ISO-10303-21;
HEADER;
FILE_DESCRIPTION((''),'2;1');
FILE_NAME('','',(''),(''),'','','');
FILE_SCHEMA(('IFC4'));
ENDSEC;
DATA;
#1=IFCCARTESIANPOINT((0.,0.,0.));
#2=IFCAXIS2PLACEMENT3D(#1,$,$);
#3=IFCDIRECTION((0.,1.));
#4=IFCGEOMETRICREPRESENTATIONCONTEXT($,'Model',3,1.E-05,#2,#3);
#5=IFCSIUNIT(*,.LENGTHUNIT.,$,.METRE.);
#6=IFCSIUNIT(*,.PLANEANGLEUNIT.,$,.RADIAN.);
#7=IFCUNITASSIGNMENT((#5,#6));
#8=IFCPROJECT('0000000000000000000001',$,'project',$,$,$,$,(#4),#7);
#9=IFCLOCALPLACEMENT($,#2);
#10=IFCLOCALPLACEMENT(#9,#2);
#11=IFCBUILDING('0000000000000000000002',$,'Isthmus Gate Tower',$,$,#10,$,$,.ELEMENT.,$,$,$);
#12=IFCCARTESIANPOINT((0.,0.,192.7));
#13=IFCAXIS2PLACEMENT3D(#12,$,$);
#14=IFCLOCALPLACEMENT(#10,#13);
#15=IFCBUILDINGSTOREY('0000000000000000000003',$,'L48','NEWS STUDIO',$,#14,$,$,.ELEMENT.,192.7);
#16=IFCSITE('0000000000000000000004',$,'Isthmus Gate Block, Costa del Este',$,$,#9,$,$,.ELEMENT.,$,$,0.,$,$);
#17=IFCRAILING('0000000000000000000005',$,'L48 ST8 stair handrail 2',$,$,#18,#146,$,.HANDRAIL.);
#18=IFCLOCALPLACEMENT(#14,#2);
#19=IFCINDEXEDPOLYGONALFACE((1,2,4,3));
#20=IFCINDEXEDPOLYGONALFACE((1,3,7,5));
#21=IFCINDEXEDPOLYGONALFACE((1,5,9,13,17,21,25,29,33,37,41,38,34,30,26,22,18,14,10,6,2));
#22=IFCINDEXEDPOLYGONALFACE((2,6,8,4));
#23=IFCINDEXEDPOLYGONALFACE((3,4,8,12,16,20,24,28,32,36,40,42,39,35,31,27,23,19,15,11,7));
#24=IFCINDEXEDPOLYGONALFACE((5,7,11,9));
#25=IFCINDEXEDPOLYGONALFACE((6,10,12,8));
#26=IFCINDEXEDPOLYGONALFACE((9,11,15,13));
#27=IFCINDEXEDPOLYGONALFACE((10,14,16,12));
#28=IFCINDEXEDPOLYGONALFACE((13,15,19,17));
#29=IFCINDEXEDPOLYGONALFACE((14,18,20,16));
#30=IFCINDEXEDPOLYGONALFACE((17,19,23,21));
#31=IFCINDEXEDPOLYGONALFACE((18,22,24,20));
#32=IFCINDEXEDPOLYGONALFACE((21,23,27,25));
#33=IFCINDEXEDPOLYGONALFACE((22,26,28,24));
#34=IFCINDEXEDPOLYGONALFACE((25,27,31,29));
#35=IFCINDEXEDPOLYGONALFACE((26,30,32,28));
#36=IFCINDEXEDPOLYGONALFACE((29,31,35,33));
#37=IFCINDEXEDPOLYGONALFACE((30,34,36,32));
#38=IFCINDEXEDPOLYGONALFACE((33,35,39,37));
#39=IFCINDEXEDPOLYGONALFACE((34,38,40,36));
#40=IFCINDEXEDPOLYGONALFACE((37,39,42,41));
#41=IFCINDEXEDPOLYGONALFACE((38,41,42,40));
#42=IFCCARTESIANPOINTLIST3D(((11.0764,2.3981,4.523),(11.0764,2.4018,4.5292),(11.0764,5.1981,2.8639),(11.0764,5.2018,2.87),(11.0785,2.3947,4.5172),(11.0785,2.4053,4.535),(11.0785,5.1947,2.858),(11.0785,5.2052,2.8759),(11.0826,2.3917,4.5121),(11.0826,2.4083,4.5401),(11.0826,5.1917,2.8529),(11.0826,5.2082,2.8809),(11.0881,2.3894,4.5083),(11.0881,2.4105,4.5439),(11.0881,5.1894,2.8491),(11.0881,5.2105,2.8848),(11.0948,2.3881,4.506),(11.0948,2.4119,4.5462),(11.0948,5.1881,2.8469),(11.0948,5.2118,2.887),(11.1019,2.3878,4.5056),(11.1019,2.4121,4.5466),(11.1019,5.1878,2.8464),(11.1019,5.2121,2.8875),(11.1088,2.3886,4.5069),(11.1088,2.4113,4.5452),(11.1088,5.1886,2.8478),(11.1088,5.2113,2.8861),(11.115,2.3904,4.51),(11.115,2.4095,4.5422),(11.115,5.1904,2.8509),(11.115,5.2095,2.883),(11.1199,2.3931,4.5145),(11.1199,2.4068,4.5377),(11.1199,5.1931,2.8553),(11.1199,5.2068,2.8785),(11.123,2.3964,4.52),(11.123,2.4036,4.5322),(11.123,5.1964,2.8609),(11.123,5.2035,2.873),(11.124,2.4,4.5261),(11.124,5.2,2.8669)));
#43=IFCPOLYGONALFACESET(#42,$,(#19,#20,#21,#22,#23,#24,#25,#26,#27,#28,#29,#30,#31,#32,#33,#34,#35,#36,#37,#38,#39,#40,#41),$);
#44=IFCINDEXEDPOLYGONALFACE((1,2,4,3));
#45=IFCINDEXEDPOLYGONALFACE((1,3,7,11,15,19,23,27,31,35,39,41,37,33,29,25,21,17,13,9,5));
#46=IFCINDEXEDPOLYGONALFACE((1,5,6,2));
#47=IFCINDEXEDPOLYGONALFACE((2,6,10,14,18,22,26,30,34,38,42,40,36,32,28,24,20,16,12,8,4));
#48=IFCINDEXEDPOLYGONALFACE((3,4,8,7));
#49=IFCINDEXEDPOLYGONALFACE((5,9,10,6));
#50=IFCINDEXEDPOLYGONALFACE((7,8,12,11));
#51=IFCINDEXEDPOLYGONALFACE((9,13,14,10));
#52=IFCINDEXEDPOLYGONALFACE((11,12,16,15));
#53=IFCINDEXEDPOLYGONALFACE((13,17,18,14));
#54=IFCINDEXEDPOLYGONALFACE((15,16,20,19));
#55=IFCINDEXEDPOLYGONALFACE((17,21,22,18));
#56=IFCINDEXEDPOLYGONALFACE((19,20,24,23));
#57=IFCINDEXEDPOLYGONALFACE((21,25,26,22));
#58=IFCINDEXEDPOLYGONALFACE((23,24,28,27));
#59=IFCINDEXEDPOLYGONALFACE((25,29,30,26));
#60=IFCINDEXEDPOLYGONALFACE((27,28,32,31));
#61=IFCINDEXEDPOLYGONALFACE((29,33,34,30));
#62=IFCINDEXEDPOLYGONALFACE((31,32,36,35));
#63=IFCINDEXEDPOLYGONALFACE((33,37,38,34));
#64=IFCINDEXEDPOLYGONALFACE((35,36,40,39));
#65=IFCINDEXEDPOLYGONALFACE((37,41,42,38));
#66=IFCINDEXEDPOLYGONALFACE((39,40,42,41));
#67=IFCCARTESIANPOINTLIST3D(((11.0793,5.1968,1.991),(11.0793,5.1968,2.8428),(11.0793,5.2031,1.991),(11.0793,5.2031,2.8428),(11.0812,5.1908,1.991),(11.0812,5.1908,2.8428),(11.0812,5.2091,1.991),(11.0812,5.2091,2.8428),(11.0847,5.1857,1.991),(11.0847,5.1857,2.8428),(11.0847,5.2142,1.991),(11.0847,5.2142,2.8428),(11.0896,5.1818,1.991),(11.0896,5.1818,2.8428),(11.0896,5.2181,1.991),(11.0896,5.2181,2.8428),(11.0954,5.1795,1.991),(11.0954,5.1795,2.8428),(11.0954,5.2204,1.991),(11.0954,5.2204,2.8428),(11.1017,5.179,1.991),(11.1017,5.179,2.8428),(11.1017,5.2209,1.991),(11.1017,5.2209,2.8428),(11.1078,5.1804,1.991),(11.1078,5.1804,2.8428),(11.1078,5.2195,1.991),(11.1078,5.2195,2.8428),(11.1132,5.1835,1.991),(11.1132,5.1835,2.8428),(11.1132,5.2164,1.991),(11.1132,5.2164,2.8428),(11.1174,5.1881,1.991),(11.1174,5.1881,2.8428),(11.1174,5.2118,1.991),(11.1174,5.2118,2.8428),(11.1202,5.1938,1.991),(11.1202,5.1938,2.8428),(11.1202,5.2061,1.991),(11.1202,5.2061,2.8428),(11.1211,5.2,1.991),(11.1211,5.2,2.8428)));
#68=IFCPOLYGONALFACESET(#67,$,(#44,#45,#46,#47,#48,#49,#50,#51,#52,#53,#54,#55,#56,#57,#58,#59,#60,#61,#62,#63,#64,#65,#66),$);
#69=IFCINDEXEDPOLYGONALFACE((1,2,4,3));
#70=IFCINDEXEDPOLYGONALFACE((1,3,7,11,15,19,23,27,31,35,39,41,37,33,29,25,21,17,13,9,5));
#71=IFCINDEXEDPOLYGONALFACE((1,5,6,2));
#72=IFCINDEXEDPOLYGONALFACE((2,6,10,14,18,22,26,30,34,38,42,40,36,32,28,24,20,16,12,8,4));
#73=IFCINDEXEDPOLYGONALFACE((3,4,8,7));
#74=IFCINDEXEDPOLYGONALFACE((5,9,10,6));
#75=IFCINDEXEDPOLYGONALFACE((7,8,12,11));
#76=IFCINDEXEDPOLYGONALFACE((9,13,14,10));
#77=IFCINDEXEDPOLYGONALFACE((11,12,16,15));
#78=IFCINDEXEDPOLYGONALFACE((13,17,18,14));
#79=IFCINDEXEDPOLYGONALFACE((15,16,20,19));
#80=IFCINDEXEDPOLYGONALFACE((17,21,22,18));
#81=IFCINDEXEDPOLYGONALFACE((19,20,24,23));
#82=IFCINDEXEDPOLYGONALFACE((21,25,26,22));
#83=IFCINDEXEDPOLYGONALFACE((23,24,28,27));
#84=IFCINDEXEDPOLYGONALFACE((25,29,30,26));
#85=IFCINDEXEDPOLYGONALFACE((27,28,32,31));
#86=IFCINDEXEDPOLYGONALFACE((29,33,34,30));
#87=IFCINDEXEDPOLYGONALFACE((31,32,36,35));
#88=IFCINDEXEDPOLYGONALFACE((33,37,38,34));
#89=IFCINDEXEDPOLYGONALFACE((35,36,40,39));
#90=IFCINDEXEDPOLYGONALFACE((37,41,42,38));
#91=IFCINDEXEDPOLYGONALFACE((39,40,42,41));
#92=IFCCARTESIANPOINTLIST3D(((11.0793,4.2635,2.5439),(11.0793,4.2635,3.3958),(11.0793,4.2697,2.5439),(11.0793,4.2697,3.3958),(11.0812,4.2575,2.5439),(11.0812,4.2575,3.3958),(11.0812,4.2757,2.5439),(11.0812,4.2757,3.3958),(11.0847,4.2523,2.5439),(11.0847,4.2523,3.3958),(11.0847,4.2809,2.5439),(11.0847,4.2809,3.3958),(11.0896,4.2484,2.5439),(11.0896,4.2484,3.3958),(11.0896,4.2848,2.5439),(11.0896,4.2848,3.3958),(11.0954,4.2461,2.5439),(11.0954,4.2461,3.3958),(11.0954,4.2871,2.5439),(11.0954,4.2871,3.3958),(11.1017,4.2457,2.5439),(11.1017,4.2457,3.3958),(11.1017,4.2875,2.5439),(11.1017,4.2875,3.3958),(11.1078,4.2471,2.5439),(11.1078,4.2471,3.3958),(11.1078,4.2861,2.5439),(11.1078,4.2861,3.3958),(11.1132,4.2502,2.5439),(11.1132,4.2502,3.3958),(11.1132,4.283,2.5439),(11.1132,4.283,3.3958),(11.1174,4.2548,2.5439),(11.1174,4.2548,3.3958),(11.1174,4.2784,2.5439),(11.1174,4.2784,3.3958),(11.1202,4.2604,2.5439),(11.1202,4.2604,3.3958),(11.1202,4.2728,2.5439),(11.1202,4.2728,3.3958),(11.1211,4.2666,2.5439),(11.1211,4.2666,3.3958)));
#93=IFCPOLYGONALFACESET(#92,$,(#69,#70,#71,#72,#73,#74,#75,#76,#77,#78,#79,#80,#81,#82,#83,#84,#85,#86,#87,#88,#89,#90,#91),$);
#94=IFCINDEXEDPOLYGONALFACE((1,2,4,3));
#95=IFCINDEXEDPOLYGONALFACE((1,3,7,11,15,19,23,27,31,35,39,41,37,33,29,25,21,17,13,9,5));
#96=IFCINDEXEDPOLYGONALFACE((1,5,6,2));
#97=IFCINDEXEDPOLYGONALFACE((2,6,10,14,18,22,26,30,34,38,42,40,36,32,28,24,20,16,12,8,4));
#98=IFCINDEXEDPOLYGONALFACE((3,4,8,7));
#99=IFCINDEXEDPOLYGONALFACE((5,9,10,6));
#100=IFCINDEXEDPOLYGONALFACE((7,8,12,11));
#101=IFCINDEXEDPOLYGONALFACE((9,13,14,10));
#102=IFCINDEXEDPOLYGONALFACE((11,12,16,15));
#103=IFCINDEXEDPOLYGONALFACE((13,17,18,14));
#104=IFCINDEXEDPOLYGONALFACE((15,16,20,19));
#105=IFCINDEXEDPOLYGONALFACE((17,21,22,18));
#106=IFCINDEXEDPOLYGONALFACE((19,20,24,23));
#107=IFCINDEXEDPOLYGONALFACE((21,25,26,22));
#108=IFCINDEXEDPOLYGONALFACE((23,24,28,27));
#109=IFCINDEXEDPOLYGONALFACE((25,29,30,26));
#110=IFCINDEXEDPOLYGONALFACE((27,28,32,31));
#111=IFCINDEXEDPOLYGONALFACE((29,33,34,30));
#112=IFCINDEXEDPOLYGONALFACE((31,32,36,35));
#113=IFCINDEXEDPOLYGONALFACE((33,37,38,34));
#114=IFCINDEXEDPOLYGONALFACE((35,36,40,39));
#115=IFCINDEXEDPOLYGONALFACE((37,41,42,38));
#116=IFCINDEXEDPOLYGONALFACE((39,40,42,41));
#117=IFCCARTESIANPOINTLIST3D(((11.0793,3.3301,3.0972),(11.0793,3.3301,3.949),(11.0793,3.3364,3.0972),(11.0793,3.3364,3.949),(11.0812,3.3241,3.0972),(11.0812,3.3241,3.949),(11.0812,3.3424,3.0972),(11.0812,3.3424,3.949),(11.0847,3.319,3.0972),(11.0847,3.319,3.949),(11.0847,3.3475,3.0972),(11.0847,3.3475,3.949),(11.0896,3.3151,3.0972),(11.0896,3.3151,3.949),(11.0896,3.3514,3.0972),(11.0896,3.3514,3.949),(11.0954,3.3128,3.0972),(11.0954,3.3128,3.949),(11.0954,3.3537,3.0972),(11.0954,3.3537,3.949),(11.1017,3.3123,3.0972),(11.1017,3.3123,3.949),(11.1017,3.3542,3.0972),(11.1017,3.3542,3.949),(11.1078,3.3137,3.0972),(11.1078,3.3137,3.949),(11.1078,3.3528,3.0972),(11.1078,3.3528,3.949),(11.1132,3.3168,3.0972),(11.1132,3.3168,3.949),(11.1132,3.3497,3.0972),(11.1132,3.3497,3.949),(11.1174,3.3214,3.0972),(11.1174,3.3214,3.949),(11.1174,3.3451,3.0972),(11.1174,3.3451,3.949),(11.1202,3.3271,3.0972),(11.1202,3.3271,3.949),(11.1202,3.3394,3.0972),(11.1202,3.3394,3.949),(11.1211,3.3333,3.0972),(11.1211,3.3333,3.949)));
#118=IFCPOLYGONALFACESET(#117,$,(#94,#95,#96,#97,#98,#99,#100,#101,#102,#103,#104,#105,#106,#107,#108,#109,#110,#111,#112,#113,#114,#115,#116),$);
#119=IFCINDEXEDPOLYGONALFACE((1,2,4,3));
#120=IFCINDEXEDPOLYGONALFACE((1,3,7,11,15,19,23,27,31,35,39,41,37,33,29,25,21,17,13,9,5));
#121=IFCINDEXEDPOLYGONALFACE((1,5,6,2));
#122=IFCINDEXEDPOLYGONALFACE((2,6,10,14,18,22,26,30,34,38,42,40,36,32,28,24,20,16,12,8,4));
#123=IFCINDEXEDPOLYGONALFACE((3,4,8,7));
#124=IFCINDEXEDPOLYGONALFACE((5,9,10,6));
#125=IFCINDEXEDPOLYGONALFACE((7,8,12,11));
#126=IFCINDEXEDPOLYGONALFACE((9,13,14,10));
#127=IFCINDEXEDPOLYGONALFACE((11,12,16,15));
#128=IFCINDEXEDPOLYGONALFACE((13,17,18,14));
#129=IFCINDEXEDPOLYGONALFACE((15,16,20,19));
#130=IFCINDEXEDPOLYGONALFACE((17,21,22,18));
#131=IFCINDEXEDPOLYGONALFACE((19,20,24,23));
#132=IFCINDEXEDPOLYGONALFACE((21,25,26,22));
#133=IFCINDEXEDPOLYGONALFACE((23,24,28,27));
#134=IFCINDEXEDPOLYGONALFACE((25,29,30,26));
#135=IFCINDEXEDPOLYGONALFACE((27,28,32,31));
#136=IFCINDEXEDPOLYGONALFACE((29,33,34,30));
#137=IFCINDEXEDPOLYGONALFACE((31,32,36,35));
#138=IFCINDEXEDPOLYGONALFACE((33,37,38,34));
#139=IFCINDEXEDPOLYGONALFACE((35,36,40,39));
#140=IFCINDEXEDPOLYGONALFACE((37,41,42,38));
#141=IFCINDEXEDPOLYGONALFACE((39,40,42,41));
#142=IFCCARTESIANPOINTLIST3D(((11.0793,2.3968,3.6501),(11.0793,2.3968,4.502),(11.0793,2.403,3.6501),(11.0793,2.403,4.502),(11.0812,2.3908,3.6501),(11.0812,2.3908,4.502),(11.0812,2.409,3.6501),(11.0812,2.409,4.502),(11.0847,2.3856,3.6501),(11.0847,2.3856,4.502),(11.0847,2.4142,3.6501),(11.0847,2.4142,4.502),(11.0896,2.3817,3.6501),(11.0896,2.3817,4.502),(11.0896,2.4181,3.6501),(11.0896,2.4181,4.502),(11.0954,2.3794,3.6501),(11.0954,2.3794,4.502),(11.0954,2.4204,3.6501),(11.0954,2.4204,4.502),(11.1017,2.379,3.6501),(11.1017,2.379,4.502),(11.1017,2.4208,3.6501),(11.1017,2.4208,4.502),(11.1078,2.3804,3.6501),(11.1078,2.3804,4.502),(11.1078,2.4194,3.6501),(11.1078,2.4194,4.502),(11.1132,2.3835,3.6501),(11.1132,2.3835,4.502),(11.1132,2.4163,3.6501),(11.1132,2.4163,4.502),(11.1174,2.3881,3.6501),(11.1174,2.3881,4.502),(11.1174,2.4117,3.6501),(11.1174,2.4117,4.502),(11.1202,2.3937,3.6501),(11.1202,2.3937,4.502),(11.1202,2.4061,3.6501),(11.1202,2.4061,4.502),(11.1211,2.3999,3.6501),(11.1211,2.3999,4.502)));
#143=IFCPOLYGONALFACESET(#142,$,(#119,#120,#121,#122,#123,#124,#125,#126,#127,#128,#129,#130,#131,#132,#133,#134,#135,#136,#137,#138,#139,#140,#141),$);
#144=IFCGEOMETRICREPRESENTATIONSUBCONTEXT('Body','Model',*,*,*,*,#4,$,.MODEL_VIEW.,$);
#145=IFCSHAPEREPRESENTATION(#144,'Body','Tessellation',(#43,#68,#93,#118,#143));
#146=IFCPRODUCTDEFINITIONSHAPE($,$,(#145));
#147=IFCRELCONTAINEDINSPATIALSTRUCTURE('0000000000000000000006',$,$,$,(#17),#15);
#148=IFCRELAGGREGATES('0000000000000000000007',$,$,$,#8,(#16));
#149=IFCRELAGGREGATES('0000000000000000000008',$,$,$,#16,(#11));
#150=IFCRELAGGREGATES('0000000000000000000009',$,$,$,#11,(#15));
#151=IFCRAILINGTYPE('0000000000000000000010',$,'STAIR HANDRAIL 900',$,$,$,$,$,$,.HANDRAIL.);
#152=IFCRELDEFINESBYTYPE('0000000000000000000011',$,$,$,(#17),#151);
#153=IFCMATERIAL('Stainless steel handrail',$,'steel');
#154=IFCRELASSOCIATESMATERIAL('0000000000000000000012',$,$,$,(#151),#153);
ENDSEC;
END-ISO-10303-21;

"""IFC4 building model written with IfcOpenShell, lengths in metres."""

from ifc_helpers import new_model, si_unit, direction, frame, origin, origin_2d, place, context, subcontext, project, spatial, circle, extrude, material, type_object, element, save


model = new_model("IFC4")

# Units and contexts
model_context = context("Model", 3, precision=1e-05, world=origin(), true_north=direction((0.0, 1.0)))
body_context = subcontext(model_context, "Body", "Model", "MODEL_VIEW")
ifc_project = project(units=[si_unit("LENGTHUNIT", "METRE"), si_unit("PLANEANGLEUNIT", "RADIAN")], contexts=[model_context])

# Site, building, storey
site_placement = place(None, origin())
site = spatial("IfcSite", under=ifc_project, at=site_placement, Name="Isthmus Gate Block, Costa del Este", CompositionType="ELEMENT", RefElevation=0.0)
building_placement = place(site_placement, origin())
building = spatial("IfcBuilding", under=site, at=building_placement, Name="Isthmus Gate Tower", CompositionType="ELEMENT")
storey_placement = place(building_placement, frame((0.0, 0.0, 192.7)))
storey = spatial("IfcBuildingStorey", under=building, at=storey_placement, Name="L48", Description="NEWS STUDIO", CompositionType="ELEMENT", Elevation=192.7)

# Railing
ifc_material_1 = material(Name="Stainless steel handrail", Category="steel")
railing_type_1 = type_object("IfcRailingType", Name="STAIR HANDRAIL 900", PredefinedType="HANDRAIL", material=ifc_material_1)
railing_1_placement = place(storey_placement, frame((11.1001, 5.2, 1.991)))
element("IfcRailing", 1, at=railing_1_placement, inside=storey, type_object=railing_type_1, Name="L48 ST8 stair handrail 2", PredefinedType="HANDRAIL", context=body_context, shape_type="SweptSolid", body=[
    extrude(circle(Radius=0.0239, at=origin_2d()), frame((0.0, 0.0, 0.876), z_axis=(0.0, -0.860306, 0.509778), x_axis=(1.0, 0.0, 0.0)), (0.0, 0.0, 1.0), 3.2546),
    extrude(circle(Radius=0.021, at=origin_2d()), origin(), (0.0, 0.0, 1.0), 0.8518),
    extrude(circle(Radius=0.021, at=origin_2d()), frame((0.0, -0.9333, 0.553)), (0.0, 0.0, 1.0), 0.8518),
    extrude(circle(Radius=0.021, at=origin_2d()), frame((0.0, -1.8667, 1.1062)), (0.0, 0.0, 1.0), 0.8518),
    extrude(circle(Radius=0.021, at=origin_2d()), frame((0.0, -2.8, 1.6592)), (0.0, 0.0, 1.0), 0.8518),
])

save(model, "model.ifc")
